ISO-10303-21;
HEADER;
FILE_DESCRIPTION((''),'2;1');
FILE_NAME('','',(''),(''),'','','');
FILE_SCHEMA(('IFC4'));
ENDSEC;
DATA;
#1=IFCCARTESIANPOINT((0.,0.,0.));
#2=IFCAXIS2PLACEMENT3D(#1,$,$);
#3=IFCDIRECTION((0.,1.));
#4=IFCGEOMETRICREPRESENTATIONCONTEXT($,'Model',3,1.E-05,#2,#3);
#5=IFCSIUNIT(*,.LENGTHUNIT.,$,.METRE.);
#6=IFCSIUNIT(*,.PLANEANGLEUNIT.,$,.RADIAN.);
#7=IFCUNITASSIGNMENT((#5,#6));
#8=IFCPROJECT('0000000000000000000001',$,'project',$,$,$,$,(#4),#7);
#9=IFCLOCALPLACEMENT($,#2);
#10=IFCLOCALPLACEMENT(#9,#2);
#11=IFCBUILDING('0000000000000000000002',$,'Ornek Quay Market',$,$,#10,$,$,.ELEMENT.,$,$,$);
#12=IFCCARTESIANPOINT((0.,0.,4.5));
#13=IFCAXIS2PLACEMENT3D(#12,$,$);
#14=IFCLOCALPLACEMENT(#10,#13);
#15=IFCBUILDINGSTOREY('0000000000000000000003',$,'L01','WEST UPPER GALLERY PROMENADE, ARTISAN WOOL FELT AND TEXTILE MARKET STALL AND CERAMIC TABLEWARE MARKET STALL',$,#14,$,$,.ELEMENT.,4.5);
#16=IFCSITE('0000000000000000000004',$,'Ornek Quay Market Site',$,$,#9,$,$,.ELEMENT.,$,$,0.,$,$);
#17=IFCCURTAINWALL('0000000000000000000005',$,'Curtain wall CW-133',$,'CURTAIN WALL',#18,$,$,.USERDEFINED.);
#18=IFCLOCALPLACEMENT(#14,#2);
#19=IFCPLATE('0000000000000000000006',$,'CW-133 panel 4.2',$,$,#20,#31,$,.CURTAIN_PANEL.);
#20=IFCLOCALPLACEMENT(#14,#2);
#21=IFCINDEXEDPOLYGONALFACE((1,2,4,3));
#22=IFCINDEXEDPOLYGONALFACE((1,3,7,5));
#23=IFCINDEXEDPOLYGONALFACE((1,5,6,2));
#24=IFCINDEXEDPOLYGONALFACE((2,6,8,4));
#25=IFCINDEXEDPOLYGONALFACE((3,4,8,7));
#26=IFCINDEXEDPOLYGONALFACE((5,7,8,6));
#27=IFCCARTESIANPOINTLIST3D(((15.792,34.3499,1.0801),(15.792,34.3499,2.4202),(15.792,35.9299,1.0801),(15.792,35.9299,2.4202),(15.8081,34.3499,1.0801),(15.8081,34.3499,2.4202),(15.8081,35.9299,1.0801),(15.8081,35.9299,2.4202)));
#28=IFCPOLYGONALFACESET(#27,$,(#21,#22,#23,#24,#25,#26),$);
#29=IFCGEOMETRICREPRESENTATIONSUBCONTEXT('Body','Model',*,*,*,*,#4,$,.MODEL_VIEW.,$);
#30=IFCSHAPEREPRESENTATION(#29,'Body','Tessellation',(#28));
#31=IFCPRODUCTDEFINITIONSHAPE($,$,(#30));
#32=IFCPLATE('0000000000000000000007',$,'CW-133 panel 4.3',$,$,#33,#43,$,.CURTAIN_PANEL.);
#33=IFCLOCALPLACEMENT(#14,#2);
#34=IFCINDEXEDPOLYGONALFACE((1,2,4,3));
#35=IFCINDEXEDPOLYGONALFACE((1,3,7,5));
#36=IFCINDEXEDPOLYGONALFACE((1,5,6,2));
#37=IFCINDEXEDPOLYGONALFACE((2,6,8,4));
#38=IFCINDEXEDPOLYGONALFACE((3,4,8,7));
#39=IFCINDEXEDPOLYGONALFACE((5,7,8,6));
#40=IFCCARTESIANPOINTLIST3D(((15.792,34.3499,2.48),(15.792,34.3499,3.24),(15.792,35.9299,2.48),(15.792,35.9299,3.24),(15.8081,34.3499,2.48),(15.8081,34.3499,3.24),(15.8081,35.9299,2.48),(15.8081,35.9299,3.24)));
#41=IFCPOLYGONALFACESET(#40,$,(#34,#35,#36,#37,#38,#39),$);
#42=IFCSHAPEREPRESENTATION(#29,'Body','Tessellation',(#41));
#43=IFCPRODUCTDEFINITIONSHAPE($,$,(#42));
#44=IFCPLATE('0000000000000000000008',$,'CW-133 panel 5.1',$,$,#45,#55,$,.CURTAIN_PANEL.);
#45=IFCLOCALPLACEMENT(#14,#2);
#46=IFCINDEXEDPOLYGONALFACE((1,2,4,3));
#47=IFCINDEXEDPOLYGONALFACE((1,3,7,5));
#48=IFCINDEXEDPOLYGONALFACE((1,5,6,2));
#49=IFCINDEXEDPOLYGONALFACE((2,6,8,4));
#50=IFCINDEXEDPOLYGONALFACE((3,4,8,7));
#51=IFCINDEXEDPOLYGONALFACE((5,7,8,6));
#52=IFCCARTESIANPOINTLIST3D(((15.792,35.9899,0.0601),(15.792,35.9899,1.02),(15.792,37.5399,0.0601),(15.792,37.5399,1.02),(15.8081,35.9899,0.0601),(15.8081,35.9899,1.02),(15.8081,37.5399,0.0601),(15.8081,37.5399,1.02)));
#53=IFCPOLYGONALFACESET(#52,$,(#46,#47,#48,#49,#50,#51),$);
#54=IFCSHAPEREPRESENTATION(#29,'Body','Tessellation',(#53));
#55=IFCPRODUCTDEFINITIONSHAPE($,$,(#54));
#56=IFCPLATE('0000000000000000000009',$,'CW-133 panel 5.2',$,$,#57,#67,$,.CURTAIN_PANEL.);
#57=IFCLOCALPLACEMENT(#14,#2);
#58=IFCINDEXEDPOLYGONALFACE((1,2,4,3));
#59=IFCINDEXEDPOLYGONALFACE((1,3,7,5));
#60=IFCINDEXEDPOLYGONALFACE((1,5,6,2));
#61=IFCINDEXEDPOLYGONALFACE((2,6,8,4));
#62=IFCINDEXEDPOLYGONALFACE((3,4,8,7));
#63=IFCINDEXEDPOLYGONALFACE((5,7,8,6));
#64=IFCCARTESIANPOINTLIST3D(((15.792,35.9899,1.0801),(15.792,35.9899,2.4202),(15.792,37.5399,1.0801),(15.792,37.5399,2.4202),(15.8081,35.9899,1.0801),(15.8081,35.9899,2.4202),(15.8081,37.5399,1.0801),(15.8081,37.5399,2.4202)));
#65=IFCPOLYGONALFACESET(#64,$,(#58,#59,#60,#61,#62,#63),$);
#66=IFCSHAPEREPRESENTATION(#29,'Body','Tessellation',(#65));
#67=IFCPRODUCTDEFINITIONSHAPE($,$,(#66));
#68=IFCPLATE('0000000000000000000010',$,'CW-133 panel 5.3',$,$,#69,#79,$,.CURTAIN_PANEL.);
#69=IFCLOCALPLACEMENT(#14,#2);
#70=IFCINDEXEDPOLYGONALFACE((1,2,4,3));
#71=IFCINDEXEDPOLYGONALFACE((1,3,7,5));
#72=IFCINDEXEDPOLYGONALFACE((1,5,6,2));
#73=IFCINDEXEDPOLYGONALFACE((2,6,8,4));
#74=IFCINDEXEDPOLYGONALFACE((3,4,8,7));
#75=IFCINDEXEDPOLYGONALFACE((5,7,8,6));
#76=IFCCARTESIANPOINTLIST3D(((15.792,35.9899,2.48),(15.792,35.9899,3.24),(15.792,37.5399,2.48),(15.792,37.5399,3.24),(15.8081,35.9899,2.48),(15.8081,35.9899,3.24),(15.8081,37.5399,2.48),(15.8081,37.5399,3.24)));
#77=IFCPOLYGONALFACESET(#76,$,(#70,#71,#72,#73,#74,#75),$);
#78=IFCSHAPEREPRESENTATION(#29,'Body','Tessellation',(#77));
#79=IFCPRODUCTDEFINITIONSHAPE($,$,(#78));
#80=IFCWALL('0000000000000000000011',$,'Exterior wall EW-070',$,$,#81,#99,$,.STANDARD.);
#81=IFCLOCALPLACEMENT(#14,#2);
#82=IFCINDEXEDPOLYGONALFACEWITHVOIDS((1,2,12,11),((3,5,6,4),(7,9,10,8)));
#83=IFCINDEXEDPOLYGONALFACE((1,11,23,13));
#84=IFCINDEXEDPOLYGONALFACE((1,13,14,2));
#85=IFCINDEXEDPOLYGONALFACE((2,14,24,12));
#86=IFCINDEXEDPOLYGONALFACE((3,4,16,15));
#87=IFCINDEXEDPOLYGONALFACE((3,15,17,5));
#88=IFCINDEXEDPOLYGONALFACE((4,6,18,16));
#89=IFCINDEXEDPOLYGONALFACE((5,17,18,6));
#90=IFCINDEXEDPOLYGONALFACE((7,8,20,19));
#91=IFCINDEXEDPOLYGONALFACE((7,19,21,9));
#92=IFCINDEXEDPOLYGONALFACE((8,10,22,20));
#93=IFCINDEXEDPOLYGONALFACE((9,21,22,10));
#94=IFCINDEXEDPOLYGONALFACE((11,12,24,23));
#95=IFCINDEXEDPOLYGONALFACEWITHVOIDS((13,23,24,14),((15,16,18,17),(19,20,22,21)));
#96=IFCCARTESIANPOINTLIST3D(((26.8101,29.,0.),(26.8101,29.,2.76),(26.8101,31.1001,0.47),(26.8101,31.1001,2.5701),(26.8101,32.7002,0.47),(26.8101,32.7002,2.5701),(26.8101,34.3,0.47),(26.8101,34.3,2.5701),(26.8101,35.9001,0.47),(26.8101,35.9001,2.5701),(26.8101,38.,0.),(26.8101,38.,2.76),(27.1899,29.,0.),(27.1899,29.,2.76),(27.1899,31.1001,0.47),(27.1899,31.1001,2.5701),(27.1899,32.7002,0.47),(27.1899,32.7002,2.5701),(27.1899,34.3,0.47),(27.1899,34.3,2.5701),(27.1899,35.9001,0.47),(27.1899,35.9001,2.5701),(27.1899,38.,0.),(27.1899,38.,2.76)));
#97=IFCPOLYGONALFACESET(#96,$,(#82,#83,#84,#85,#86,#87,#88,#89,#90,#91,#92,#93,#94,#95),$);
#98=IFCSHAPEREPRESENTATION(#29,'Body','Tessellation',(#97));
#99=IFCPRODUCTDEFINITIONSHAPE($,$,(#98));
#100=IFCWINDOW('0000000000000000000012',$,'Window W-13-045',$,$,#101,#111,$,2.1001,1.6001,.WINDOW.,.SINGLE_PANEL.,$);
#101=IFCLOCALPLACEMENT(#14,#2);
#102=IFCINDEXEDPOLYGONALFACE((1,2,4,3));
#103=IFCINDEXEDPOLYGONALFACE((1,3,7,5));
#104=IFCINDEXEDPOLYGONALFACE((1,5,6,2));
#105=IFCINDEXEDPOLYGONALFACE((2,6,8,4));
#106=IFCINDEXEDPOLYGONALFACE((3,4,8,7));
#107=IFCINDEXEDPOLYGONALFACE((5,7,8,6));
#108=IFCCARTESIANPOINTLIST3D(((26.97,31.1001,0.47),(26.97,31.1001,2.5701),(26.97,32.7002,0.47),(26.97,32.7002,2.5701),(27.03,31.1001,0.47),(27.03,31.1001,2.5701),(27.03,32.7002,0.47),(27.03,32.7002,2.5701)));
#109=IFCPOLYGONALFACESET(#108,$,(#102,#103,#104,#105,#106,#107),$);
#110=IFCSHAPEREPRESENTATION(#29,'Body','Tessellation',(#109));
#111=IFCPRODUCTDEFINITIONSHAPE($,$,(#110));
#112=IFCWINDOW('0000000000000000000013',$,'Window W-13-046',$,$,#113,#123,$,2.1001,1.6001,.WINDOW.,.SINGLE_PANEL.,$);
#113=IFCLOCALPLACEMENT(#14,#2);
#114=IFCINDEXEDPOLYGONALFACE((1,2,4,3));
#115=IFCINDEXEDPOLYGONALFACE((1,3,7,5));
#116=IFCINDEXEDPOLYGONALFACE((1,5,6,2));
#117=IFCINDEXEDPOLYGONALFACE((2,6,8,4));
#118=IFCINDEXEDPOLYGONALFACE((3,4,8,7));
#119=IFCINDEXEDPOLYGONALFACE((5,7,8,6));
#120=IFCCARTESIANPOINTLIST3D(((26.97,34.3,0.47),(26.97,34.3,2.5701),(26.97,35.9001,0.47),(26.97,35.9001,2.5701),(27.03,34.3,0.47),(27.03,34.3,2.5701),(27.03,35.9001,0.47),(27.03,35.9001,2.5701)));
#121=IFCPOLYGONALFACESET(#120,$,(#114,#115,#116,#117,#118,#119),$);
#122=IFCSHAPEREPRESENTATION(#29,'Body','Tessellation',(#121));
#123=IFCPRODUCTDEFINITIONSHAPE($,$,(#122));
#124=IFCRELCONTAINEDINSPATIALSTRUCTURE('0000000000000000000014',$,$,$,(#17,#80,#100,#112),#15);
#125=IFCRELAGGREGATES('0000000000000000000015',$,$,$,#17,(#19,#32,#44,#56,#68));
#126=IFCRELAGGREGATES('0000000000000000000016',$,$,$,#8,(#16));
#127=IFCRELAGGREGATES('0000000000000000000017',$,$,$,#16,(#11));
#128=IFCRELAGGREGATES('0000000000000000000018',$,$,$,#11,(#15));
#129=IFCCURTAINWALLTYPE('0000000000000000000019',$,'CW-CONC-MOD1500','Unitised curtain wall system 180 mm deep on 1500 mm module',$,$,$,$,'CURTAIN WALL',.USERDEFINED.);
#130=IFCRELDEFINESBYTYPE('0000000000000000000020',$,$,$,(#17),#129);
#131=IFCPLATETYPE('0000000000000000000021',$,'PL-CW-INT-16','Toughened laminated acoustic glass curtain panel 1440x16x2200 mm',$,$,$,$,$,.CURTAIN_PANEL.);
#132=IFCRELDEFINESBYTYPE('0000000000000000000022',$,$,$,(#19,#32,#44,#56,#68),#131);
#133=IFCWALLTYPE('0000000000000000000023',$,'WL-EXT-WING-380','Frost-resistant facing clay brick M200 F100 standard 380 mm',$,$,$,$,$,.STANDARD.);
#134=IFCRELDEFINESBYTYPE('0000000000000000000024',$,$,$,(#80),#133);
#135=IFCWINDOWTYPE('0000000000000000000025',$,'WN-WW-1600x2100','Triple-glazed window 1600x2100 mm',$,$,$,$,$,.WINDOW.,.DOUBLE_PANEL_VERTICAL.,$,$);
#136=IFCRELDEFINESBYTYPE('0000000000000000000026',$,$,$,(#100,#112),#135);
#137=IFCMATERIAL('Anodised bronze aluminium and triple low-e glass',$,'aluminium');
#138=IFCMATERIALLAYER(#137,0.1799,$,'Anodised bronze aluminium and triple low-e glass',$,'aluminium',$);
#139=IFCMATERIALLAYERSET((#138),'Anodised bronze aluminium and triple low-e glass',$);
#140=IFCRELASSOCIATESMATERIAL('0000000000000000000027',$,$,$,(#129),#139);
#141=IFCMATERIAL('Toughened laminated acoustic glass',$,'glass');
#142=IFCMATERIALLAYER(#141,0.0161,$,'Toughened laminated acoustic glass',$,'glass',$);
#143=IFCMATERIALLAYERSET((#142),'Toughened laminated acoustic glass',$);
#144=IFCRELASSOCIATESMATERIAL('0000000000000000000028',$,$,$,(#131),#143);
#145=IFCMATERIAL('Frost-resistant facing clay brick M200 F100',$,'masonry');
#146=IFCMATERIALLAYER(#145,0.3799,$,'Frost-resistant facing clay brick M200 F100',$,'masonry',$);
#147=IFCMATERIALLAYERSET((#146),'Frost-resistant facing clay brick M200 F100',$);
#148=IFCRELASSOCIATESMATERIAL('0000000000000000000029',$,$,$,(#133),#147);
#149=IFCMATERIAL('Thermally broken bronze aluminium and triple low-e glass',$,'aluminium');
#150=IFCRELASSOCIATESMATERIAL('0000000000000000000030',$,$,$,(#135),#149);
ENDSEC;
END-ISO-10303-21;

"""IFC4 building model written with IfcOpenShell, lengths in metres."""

from ifc_helpers import new_model, si_unit, direction, frame, frame_2d, origin, origin_2d, place, context, subcontext, project, spatial, rectangle, extrude, material, layer, layer_set, type_object, element, fill, aggregate, save


model = new_model("IFC4")

# Units and contexts
model_context = context("Model", 3, precision=1e-05, world=origin(), true_north=direction((0.0, 1.0)))
body_context = subcontext(model_context, "Body", "Model", "MODEL_VIEW")
ifc_project = project(units=[si_unit("LENGTHUNIT", "METRE"), si_unit("PLANEANGLEUNIT", "RADIAN")], contexts=[model_context])

# Site, building, storey
site_placement = place(None, origin())
site = spatial("IfcSite", under=ifc_project, at=site_placement, Name="Ornek Quay Market Site", CompositionType="ELEMENT", RefElevation=0.0)
building_placement = place(site_placement, origin())
building = spatial("IfcBuilding", under=site, at=building_placement, Name="Ornek Quay Market", CompositionType="ELEMENT")
storey_placement = place(building_placement, frame((0.0, 0.0, 4.5)))
storey = spatial("IfcBuildingStorey", under=building, at=storey_placement, Name="L01", Description="WEST UPPER GALLERY PROMENADE, ARTISAN WOOL FELT AND TEXTILE MARKET STALL AND CERAMIC TABLEWARE MARKET STALL", CompositionType="ELEMENT", Elevation=4.5)

# Curtain wall
ifc_material_1 = material(Name="Anodised bronze aluminium and triple low-e glass", Category="aluminium")
ifc_layer_1 = layer(ifc_material_1, 0.1799, Name="Anodised bronze aluminium and triple low-e glass", Category="aluminium")
ifc_layer_set_1 = layer_set([ifc_layer_1], Name="Anodised bronze aluminium and triple low-e glass")
curtain_wall_type_1 = type_object("IfcCurtainWallType", Name="CW-CONC-MOD1500", Description="Unitised curtain wall system 180 mm deep on 1500 mm module", ElementType="CURTAIN WALL", PredefinedType="USERDEFINED", material=ifc_layer_set_1)
curtain_wall_1_placement = place(storey_placement, origin())
curtain_wall_1 = element("IfcCurtainWall", 1, at=curtain_wall_1_placement, inside=storey, type_object=curtain_wall_type_1, Name="Curtain wall CW-133", ObjectType="CURTAIN WALL", PredefinedType="USERDEFINED")

# Plates
ifc_material_2 = material(Name="Toughened laminated acoustic glass", Category="glass")
ifc_layer_2 = layer(ifc_material_2, 0.0161, Name="Toughened laminated acoustic glass", Category="glass")
ifc_layer_set_2 = layer_set([ifc_layer_2], Name="Toughened laminated acoustic glass")
plate_type = type_object("IfcPlateType", Name="PL-CW-INT-16", Description="Toughened laminated acoustic glass curtain panel 1440x16x2200 mm", PredefinedType="CURTAIN_PANEL", material=ifc_layer_set_2)
plate_1_placement = place(storey_placement, frame((15.8, 35.1399, 1.0801), z_axis=(0.0, 0.0, 1.0), x_axis=(0.0, 1.0, 0.0)))
plate_1 = element("IfcPlate", 2, at=plate_1_placement, type_object=plate_type, Name="CW-133 panel 4.2", PredefinedType="CURTAIN_PANEL", context=body_context, shape_type="SweptSolid", body=[
    extrude(rectangle(XDim=1.5801, YDim=0.0161, at=origin_2d()), origin(), (0.0, 0.0, 1.0), 1.3401),
])
plate_2_placement = place(storey_placement, frame((15.8, 35.1399, 2.48), z_axis=(0.0, 0.0, 1.0), x_axis=(0.0, 1.0, 0.0)))
plate_2 = element("IfcPlate", 3, at=plate_2_placement, type_object=plate_type, Name="CW-133 panel 4.3", PredefinedType="CURTAIN_PANEL", context=body_context, shape_type="SweptSolid", body=[
    extrude(rectangle(XDim=1.5801, YDim=0.0161, at=origin_2d()), origin(), (0.0, 0.0, 1.0), 0.76),
])
plate_3_placement = place(storey_placement, frame((15.8, 36.7649, 0.0601), z_axis=(0.0, 0.0, 1.0), x_axis=(0.0, 1.0, 0.0)))
plate_3 = element("IfcPlate", 4, at=plate_3_placement, type_object=plate_type, Name="CW-133 panel 5.1", PredefinedType="CURTAIN_PANEL", context=body_context, shape_type="SweptSolid", body=[
    extrude(rectangle(XDim=1.55, YDim=0.0161, at=origin_2d()), origin(), (0.0, 0.0, 1.0), 0.96),
])
plate_4_placement = place(storey_placement, frame((15.8, 36.7649, 1.0801), z_axis=(0.0, 0.0, 1.0), x_axis=(0.0, 1.0, 0.0)))
plate_4 = element("IfcPlate", 5, at=plate_4_placement, type_object=plate_type, Name="CW-133 panel 5.2", PredefinedType="CURTAIN_PANEL", context=body_context, shape_type="SweptSolid", body=[
    extrude(rectangle(XDim=1.55, YDim=0.0161, at=origin_2d()), origin(), (0.0, 0.0, 1.0), 1.3401),
])
plate_5_placement = place(storey_placement, frame((15.8, 36.7649, 2.48), z_axis=(0.0, 0.0, 1.0), x_axis=(0.0, 1.0, 0.0)))
plate_5 = element("IfcPlate", 6, at=plate_5_placement, type_object=plate_type, Name="CW-133 panel 5.3", PredefinedType="CURTAIN_PANEL", context=body_context, shape_type="SweptSolid", body=[
    extrude(rectangle(XDim=1.55, YDim=0.0161, at=origin_2d()), origin(), (0.0, 0.0, 1.0), 0.76),
])
aggregate(curtain_wall_1, [plate_1, plate_2, plate_3, plate_4, plate_5])

# Wall, openings, windows
ifc_material_3 = material(Name="Frost-resistant facing clay brick M200 F100", Category="masonry")
ifc_layer_3 = layer(ifc_material_3, 0.3799, Name="Frost-resistant facing clay brick M200 F100", Category="masonry")
ifc_layer_set_3 = layer_set([ifc_layer_3], Name="Frost-resistant facing clay brick M200 F100")
wall_type = type_object("IfcWallType", Name="WL-EXT-WING-380", Description="Frost-resistant facing clay brick M200 F100 standard 380 mm", PredefinedType="STANDARD", material=ifc_layer_set_3)
wall_placement = place(storey_placement, frame((27.0, 29.0, 0.0), z_axis=(0.0, 0.0, 1.0), x_axis=(0.0, 1.0, 0.0)))
wall = element("IfcWall", 7, at=wall_placement, inside=storey, type_object=wall_type, Name="Exterior wall EW-070", PredefinedType="STANDARD", context=body_context, shape_type="SweptSolid", body=[
    extrude(rectangle(XDim=9.0, YDim=0.3799, at=frame_2d((4.5, 0.0))), origin(), (0.0, 0.0, 1.0), 2.76),
])
opening_1_placement = place(wall_placement, frame((2.1001, 0.0, 0.47)))
opening_1 = element("IfcOpeningElement", 8, at=opening_1_placement, cuts=wall, PredefinedType="OPENING", context=body_context, shape_type="SweptSolid", body=[
    extrude(rectangle(XDim=1.6001, YDim=2.1001, at=frame_2d((0.8, 1.05))), frame((0.0, 0.2, 0.0), z_axis=(0.0, -1.0, 0.0), x_axis=(1.0, 0.0, 0.0)), (0.0, 0.0, 1.0), 0.3999),
])
opening_2_placement = place(wall_placement, frame((5.3, 0.0, 0.47)))
opening_2 = element("IfcOpeningElement", 9, at=opening_2_placement, cuts=wall, PredefinedType="OPENING", context=body_context, shape_type="SweptSolid", body=[
    extrude(rectangle(XDim=1.6001, YDim=2.1001, at=frame_2d((0.8, 1.05))), frame((0.0, 0.2, 0.0), z_axis=(0.0, -1.0, 0.0), x_axis=(1.0, 0.0, 0.0)), (0.0, 0.0, 1.0), 0.3999),
])
ifc_material_4 = material(Name="Thermally broken bronze aluminium and triple low-e glass", Category="aluminium")
window_type = type_object("IfcWindowType", Name="WN-WW-1600x2100", Description="Triple-glazed window 1600x2100 mm", PartitioningType="DOUBLE_PANEL_VERTICAL", PredefinedType="WINDOW", material=ifc_material_4)
window_1_placement = place(opening_1_placement, origin())
window_1 = element("IfcWindow", 10, at=window_1_placement, inside=storey, type_object=window_type, Name="Window W-13-045", OverallHeight=2.1001, OverallWidth=1.6001, PartitioningType="SINGLE_PANEL", PredefinedType="WINDOW", context=body_context, shape_type="SweptSolid", body=[
    extrude(rectangle(XDim=1.6001, YDim=2.1001, at=frame_2d((0.8, 1.05))), frame((0.0, 0.03, 0.0), z_axis=(0.0, -1.0, 0.0), x_axis=(1.0, 0.0, 0.0)), (0.0, 0.0, 1.0), 0.0601),
])
fill(opening_1, window_1)
window_2_placement = place(opening_2_placement, origin())
window_2 = element("IfcWindow", 11, at=window_2_placement, inside=storey, type_object=window_type, Name="Window W-13-046", OverallHeight=2.1001, OverallWidth=1.6001, PartitioningType="SINGLE_PANEL", PredefinedType="WINDOW", context=body_context, shape_type="SweptSolid", body=[
    extrude(rectangle(XDim=1.6001, YDim=2.1001, at=frame_2d((0.8, 1.05))), frame((0.0, 0.03, 0.0), z_axis=(0.0, -1.0, 0.0), x_axis=(1.0, 0.0, 0.0)), (0.0, 0.0, 1.0), 0.0601),
])
fill(opening_2, window_2)

save(model, "model.ifc")
